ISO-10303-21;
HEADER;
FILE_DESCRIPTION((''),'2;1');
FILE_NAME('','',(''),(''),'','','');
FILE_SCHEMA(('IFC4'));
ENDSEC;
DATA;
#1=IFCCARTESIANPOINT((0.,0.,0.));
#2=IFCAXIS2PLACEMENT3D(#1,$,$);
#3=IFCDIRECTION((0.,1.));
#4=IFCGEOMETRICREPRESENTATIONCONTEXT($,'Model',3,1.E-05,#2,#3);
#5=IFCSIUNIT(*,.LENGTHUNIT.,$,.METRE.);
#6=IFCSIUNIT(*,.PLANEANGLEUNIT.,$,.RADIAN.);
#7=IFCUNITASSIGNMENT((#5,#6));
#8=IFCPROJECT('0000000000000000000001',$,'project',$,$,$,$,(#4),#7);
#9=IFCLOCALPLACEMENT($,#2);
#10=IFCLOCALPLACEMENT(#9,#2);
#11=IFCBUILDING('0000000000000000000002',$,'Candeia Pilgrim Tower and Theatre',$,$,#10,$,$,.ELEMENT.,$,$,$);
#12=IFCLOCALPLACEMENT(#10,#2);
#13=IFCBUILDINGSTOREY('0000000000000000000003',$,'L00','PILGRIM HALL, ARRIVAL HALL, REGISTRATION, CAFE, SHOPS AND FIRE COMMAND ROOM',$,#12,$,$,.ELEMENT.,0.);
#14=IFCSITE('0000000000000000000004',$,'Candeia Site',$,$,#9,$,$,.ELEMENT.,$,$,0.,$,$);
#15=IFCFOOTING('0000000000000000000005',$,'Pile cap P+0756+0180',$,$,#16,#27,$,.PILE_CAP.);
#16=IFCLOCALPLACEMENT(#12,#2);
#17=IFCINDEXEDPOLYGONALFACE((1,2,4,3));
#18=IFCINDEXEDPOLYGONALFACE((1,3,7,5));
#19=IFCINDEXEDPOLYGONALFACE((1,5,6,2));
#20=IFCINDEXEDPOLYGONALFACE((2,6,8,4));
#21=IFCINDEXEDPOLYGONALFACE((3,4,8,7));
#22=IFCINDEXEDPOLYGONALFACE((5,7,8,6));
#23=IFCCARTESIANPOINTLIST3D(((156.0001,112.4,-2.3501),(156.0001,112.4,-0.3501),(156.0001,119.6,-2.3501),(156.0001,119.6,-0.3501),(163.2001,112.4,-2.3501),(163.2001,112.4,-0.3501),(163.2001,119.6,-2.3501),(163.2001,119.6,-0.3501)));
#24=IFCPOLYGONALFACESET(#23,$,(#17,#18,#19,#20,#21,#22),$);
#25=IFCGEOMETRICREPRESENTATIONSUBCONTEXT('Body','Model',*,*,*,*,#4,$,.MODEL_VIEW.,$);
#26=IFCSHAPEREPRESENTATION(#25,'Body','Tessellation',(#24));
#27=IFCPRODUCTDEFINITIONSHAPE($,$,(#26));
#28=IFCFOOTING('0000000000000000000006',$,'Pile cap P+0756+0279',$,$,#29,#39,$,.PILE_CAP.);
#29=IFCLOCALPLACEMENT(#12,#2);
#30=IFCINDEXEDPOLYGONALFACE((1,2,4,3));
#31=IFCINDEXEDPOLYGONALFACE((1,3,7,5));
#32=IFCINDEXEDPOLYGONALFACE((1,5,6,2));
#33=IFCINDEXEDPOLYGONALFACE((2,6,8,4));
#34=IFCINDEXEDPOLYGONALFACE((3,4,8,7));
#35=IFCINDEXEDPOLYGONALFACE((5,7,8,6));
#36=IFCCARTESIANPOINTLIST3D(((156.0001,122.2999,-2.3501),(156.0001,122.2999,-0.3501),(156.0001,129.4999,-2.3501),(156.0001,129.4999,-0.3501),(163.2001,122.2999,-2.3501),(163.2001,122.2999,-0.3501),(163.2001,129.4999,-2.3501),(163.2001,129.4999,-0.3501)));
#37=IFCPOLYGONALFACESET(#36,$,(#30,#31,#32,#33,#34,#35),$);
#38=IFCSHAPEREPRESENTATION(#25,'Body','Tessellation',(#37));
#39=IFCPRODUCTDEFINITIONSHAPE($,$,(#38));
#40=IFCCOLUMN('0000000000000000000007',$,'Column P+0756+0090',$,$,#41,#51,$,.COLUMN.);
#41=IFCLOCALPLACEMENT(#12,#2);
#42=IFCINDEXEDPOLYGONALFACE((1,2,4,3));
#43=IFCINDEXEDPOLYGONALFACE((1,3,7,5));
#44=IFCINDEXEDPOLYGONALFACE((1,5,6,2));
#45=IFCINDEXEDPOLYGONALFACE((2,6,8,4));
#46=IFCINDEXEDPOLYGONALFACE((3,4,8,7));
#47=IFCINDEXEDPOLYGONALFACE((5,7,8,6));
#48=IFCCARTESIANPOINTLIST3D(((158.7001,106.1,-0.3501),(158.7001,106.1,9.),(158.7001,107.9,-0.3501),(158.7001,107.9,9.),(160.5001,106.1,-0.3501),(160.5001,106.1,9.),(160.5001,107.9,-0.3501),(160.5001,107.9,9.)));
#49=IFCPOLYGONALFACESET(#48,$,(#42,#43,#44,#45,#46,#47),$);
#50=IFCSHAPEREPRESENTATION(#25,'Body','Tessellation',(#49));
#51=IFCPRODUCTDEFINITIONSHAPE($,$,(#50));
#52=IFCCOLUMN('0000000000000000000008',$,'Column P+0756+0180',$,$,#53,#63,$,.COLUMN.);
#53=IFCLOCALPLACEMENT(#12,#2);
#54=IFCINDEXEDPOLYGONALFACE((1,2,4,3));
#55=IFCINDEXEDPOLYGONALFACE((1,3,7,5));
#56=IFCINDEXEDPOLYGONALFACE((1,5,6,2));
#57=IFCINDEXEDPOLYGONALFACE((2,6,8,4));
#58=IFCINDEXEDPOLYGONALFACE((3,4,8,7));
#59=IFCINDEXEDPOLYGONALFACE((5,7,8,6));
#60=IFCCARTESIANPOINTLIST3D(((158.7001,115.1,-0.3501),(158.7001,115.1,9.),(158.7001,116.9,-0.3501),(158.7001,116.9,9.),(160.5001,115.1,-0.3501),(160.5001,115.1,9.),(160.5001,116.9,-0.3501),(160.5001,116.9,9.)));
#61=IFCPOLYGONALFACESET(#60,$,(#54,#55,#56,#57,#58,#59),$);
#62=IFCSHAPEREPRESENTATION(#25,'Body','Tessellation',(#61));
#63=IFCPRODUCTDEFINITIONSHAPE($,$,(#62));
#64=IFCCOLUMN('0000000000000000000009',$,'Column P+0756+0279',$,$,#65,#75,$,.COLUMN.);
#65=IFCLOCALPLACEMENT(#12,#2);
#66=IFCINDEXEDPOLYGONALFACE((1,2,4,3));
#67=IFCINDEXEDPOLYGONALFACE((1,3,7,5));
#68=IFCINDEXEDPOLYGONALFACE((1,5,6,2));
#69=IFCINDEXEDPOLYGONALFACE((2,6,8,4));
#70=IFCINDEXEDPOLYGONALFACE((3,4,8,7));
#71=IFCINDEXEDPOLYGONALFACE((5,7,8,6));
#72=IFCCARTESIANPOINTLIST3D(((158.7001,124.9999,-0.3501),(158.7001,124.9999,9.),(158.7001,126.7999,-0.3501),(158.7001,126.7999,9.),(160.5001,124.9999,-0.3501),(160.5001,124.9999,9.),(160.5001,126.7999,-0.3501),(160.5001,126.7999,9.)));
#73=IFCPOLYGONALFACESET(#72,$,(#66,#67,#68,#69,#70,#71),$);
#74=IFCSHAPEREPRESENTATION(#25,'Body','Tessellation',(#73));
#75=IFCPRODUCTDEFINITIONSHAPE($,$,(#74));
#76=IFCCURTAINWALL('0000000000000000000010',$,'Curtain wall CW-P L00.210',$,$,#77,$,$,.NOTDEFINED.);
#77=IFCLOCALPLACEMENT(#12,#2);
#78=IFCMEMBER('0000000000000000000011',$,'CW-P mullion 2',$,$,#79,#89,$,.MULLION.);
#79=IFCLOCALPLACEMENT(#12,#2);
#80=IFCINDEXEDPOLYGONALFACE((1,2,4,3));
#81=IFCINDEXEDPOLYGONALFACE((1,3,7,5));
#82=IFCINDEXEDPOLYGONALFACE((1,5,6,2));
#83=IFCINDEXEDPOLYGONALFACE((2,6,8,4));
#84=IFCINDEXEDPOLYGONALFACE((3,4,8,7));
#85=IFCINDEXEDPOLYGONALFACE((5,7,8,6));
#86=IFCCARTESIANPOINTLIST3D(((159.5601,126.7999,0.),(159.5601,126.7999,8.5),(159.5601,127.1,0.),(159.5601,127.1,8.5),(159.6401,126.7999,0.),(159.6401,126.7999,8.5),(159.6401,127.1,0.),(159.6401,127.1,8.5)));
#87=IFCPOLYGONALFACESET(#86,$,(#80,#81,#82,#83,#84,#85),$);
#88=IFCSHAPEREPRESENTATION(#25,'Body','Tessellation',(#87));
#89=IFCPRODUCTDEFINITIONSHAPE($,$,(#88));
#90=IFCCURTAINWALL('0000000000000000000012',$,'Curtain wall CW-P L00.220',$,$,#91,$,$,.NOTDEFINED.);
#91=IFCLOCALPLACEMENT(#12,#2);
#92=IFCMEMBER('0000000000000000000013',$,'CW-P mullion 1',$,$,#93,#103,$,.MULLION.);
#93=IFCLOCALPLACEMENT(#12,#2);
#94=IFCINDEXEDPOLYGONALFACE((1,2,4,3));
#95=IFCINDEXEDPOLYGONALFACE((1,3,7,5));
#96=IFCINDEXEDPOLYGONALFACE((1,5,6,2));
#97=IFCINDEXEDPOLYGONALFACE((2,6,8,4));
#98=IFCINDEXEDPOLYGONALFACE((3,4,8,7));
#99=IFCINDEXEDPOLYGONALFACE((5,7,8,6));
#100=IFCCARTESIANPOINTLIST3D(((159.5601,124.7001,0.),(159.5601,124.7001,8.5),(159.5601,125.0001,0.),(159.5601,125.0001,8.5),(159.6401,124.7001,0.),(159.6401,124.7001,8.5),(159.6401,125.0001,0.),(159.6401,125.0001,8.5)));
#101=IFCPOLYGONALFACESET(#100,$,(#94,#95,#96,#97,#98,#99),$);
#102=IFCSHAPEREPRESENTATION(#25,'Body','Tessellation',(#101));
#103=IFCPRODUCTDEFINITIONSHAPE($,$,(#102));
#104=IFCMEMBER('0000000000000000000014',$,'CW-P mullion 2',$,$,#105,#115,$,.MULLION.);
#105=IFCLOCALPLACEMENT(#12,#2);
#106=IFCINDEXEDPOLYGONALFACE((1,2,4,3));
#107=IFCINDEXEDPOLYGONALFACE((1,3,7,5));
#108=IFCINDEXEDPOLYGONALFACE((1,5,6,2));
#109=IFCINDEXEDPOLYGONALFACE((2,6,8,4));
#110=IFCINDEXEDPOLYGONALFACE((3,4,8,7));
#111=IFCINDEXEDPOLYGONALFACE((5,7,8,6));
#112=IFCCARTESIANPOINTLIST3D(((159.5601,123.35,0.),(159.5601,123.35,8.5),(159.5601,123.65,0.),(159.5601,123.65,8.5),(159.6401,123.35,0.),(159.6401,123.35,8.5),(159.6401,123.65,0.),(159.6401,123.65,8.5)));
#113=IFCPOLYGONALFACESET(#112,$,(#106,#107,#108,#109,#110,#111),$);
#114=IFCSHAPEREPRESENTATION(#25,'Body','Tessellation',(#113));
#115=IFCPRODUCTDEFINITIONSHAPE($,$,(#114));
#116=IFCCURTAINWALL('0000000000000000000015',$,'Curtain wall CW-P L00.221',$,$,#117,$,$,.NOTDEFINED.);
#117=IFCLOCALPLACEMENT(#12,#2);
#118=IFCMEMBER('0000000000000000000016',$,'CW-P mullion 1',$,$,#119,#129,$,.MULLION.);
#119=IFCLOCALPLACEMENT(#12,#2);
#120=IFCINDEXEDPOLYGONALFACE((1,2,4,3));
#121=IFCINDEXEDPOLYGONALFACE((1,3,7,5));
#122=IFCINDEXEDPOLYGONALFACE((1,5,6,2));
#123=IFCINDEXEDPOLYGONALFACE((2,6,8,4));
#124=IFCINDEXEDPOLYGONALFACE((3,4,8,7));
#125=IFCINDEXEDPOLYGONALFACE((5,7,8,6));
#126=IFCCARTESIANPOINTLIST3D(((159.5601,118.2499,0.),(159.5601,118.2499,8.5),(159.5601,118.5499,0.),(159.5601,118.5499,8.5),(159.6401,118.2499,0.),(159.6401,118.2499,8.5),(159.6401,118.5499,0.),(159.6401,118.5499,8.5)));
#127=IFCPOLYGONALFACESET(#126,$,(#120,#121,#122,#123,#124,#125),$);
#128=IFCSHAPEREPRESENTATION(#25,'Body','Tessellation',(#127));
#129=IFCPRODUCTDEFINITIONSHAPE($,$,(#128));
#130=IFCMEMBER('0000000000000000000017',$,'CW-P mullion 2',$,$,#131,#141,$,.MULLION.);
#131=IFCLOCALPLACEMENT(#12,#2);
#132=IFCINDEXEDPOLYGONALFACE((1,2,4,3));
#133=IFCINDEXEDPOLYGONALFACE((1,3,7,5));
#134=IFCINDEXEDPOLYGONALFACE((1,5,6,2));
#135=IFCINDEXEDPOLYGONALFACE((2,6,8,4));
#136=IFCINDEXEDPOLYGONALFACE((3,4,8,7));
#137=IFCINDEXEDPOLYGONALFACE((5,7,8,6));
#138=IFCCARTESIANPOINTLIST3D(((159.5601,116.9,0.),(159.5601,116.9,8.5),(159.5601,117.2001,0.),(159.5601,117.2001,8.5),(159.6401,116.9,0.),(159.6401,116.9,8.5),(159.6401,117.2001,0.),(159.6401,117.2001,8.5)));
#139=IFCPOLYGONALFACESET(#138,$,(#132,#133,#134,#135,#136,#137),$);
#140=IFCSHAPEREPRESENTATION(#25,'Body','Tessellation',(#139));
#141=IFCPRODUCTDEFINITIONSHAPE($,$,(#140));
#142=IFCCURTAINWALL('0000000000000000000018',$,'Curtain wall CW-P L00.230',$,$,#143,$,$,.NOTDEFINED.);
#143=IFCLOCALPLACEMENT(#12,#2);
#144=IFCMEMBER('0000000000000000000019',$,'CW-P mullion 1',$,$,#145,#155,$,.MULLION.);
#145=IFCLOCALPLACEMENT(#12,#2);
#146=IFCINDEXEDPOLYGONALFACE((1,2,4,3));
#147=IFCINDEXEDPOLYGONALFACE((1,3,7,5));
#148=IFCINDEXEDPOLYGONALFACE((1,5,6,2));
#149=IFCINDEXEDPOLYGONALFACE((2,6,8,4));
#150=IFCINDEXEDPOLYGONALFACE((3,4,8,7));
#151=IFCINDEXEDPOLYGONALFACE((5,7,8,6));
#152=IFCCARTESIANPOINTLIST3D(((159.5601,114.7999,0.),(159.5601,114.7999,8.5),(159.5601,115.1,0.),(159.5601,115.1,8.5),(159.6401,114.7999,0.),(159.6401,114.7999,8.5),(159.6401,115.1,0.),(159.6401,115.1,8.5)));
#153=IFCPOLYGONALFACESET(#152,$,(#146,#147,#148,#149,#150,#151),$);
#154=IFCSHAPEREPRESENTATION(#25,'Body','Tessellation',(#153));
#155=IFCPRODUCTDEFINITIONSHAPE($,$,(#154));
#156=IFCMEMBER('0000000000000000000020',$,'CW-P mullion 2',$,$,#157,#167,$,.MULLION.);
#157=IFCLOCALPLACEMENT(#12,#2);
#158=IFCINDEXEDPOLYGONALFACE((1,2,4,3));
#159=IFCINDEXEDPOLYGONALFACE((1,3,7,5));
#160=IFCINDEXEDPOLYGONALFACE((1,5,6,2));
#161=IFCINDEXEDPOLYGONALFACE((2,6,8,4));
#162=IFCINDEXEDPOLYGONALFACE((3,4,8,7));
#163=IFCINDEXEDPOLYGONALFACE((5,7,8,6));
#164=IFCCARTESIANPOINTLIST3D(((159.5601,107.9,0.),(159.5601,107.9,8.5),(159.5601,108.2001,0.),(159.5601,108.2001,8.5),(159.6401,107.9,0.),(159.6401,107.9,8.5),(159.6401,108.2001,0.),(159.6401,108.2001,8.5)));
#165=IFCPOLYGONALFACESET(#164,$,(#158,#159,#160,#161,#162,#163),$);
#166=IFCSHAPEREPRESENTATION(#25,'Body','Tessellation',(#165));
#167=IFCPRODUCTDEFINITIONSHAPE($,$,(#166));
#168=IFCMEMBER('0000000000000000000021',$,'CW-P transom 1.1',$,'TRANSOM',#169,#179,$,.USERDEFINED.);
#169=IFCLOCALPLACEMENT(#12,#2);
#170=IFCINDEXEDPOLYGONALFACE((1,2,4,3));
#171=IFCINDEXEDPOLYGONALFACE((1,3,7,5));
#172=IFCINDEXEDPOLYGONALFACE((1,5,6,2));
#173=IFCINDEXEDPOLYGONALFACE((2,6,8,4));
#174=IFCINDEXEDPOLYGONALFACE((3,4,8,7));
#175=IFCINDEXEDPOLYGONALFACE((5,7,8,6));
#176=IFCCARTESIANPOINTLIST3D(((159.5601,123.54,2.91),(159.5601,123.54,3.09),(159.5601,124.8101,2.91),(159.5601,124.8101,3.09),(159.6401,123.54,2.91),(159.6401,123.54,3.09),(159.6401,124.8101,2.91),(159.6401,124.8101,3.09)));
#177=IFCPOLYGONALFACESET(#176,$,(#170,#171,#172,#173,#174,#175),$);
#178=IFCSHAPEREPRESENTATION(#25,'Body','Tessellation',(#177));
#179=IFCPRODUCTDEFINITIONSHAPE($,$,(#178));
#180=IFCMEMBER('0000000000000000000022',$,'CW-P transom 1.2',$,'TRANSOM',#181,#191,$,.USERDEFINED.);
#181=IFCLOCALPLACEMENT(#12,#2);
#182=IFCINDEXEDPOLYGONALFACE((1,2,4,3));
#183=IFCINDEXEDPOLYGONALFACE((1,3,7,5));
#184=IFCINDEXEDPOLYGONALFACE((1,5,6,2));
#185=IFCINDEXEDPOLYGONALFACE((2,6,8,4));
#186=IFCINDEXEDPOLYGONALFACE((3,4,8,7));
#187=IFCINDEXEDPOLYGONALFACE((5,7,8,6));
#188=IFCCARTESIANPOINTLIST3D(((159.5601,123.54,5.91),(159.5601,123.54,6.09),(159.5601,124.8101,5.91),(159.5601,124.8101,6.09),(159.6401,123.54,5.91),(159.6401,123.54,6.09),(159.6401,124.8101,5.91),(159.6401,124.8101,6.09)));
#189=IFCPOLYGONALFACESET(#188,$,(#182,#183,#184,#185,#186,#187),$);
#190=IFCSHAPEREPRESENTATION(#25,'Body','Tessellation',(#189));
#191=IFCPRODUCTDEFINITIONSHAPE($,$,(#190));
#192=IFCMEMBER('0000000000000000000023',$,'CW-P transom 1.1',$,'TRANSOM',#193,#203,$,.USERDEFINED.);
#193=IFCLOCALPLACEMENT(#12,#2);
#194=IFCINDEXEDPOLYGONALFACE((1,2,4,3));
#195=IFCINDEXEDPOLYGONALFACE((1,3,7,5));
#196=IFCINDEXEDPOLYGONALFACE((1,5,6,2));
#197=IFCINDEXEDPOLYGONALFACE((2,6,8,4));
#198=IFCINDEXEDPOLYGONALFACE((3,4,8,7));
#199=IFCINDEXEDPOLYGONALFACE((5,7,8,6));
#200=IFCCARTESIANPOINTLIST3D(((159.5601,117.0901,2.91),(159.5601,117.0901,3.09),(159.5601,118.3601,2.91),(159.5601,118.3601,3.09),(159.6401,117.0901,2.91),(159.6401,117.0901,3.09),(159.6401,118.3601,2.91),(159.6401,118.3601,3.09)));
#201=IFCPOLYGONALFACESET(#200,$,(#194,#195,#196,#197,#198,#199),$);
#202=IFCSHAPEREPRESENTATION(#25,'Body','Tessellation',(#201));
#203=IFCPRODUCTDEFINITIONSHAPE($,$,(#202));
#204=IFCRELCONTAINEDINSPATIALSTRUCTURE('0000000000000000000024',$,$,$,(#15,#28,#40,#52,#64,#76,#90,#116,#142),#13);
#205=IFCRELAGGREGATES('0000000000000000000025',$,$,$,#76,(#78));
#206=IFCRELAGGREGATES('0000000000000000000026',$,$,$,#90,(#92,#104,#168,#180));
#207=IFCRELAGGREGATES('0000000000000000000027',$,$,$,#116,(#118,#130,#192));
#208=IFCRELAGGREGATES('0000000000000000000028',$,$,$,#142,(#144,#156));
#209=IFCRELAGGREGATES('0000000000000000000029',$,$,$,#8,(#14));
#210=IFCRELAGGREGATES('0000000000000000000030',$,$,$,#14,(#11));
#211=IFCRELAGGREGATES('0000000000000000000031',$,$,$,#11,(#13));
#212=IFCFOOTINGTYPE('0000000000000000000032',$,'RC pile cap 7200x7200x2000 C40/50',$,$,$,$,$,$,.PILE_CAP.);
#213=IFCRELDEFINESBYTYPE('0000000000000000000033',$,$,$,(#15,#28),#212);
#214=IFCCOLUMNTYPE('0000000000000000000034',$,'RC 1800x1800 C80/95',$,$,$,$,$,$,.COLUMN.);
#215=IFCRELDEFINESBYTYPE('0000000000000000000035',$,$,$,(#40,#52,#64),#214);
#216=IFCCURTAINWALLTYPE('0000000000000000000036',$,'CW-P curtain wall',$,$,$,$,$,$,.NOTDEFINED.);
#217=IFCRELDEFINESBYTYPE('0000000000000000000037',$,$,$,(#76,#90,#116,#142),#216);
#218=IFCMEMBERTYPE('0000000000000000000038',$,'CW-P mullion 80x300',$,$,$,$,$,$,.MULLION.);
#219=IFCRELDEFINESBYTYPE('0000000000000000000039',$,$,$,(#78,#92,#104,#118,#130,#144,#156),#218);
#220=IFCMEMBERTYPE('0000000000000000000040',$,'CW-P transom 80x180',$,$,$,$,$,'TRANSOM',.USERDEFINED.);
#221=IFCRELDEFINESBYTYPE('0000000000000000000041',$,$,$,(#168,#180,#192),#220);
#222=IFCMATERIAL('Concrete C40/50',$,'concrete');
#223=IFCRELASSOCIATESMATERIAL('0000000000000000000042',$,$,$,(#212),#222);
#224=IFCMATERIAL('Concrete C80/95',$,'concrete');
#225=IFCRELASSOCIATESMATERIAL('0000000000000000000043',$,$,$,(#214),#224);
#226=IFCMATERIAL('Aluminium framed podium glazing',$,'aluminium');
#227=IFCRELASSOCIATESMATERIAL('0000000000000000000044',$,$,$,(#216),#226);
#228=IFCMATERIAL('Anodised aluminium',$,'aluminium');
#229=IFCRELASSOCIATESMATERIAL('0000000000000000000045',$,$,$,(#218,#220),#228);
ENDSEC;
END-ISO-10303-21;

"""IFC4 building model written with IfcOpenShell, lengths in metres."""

from ifc_helpers import new_model, si_unit, direction, frame, origin, origin_2d, place, context, subcontext, project, spatial, rectangle, extrude, material, material_profile, profile_set, type_object, element, aggregate, save


model = new_model("IFC4")

# Units and contexts
model_context = context("Model", 3, precision=1e-05, world=origin(), true_north=direction((0.0, 1.0)))
body_context = subcontext(model_context, "Body", "Model", "MODEL_VIEW")
ifc_project = project(units=[si_unit("LENGTHUNIT", "METRE"), si_unit("PLANEANGLEUNIT", "RADIAN")], contexts=[model_context])

# Site, building, storey
site_placement = place(None, origin())
site = spatial("IfcSite", under=ifc_project, at=site_placement, Name="Candeia Site", CompositionType="ELEMENT", RefElevation=0.0)
building_placement = place(site_placement, origin())
building = spatial("IfcBuilding", under=site, at=building_placement, Name="Candeia Pilgrim Tower and Theatre", CompositionType="ELEMENT")
storey_placement = place(building_placement, origin())
storey = spatial("IfcBuildingStorey", under=building, at=storey_placement, Name="L00", Description="PILGRIM HALL, ARRIVAL HALL, REGISTRATION, CAFE, SHOPS AND FIRE COMMAND ROOM", CompositionType="ELEMENT", Elevation=0.0)

# Footings
ifc_material_1 = material(Name="Concrete C40/50", Category="concrete")
footing_type = type_object("IfcFootingType", Name="RC pile cap 7200x7200x2000 C40/50", PredefinedType="PILE_CAP", material=ifc_material_1)
for number, where, z_axis, x_axis, name in (
    (1, (159.6001, 116.0, -2.3501), (0.0, 0.0, 1.0), (1.0, 0.0, 0.0), "Pile cap P+0756+0180"),
    (2, (159.6001, 125.8999, -2.3501), (0.0, 0.0, 1.0), (1.0, 0.0, 0.0), "Pile cap P+0756+0279"),
):
    element("IfcFooting", number, at=place(storey_placement, frame(where, z_axis=z_axis, x_axis=x_axis)), inside=storey, type_object=footing_type, Name=name, PredefinedType="PILE_CAP", context=body_context, shape_type="SweptSolid", body=[
        extrude(rectangle(XDim=7.2, YDim=7.2, at=origin_2d()), origin(), (0.0, 0.0, 1.0), 2.0),
    ])

# Columns
ifc_material_2 = material(Name="Concrete C80/95", Category="concrete")
ifc_material_profile_1 = material_profile(ifc_material_2, rectangle(XDim=1.8, YDim=1.8, at=origin_2d()))
ifc_profile_set_1 = profile_set([ifc_material_profile_1], Name="Concrete C80/95")
column_type = type_object("IfcColumnType", Name="RC 1800x1800 C80/95", PredefinedType="COLUMN", material=ifc_profile_set_1)
for number, where, z_axis, x_axis, name in (
    (3, (159.6001, 107.0, -0.3501), (0.0, 0.0, 1.0), (1.0, 0.0, 0.0), "Column P+0756+0090"),
    (4, (159.6001, 116.0, -0.3501), (0.0, 0.0, 1.0), (1.0, 0.0, 0.0), "Column P+0756+0180"),
    (5, (159.6001, 125.8999, -0.3501), (0.0, 0.0, 1.0), (1.0, 0.0, 0.0), "Column P+0756+0279"),
):
    element("IfcColumn", number, at=place(storey_placement, frame(where, z_axis=z_axis, x_axis=x_axis)), inside=storey, type_object=column_type, Name=name, PredefinedType="COLUMN", context=body_context, shape_type="SweptSolid", body=[
        extrude(rectangle(XDim=1.8, YDim=1.8, at=origin_2d()), origin(), (0.0, 0.0, 1.0), 9.3501),
    ])

# Curtain wall, member
ifc_material_3 = material(Name="Aluminium framed podium glazing", Category="aluminium")
curtain_wall_type = type_object("IfcCurtainWallType", Name="CW-P curtain wall", PredefinedType="NOTDEFINED", material=ifc_material_3)
curtain_wall_1_placement = place(storey_placement, origin())
curtain_wall_1 = element("IfcCurtainWall", 6, at=curtain_wall_1_placement, inside=storey, type_object=curtain_wall_type, Name="Curtain wall CW-P L00.210", PredefinedType="NOTDEFINED")
ifc_material_4 = material(Name="Anodised aluminium", Category="aluminium")
ifc_material_profile_2 = material_profile(ifc_material_4, rectangle(XDim=0.0801, YDim=0.3, at=origin_2d()))
ifc_profile_set_2 = profile_set([ifc_material_profile_2], Name="Anodised aluminium")
member_type_1 = type_object("IfcMemberType", Name="CW-P mullion 80x300", PredefinedType="MULLION", material=ifc_profile_set_2)
member_1_placement = place(storey_placement, frame((159.6001, 126.95, 0.0), z_axis=(0.0, 0.0, 1.0), x_axis=(1.0, 0.0, 0.0)))
member_1 = element("IfcMember", 7, at=member_1_placement, type_object=member_type_1, Name="CW-P mullion 2", PredefinedType="MULLION", context=body_context, shape_type="SweptSolid", body=[
    extrude(rectangle(XDim=0.0801, YDim=0.3, at=origin_2d()), origin(), (0.0, 0.0, 1.0), 8.5),
])
aggregate(curtain_wall_1, [member_1])

# Curtain walls, members
curtain_wall_2_placement = place(storey_placement, origin())
curtain_wall_2 = element("IfcCurtainWall", 8, at=curtain_wall_2_placement, inside=storey, type_object=curtain_wall_type, Name="Curtain wall CW-P L00.220", PredefinedType="NOTDEFINED")
member_2_placement = place(storey_placement, frame((159.6001, 124.8501, 0.0), z_axis=(0.0, 0.0, 1.0), x_axis=(1.0, 0.0, 0.0)))
member_2 = element("IfcMember", 9, at=member_2_placement, type_object=member_type_1, Name="CW-P mullion 1", PredefinedType="MULLION", context=body_context, shape_type="SweptSolid", body=[
    extrude(rectangle(XDim=0.0801, YDim=0.3, at=origin_2d()), origin(), (0.0, 0.0, 1.0), 8.5),
])
member_3_placement = place(storey_placement, frame((159.6001, 123.5, 0.0), z_axis=(0.0, 0.0, 1.0), x_axis=(1.0, 0.0, 0.0)))
member_3 = element("IfcMember", 10, at=member_3_placement, type_object=member_type_1, Name="CW-P mullion 2", PredefinedType="MULLION", context=body_context, shape_type="SweptSolid", body=[
    extrude(rectangle(XDim=0.0801, YDim=0.3, at=origin_2d()), origin(), (0.0, 0.0, 1.0), 8.5),
])
curtain_wall_3_placement = place(storey_placement, origin())
curtain_wall_3 = element("IfcCurtainWall", 11, at=curtain_wall_3_placement, inside=storey, type_object=curtain_wall_type, Name="Curtain wall CW-P L00.221", PredefinedType="NOTDEFINED")
member_4_placement = place(storey_placement, frame((159.6001, 118.3999, 0.0), z_axis=(0.0, 0.0, 1.0), x_axis=(1.0, 0.0, 0.0)))
member_4 = element("IfcMember", 12, at=member_4_placement, type_object=member_type_1, Name="CW-P mullion 1", PredefinedType="MULLION", context=body_context, shape_type="SweptSolid", body=[
    extrude(rectangle(XDim=0.0801, YDim=0.3, at=origin_2d()), origin(), (0.0, 0.0, 1.0), 8.5),
])
member_5_placement = place(storey_placement, frame((159.6001, 117.05, 0.0), z_axis=(0.0, 0.0, 1.0), x_axis=(1.0, 0.0, 0.0)))
member_5 = element("IfcMember", 13, at=member_5_placement, type_object=member_type_1, Name="CW-P mullion 2", PredefinedType="MULLION", context=body_context, shape_type="SweptSolid", body=[
    extrude(rectangle(XDim=0.0801, YDim=0.3, at=origin_2d()), origin(), (0.0, 0.0, 1.0), 8.5),
])
curtain_wall_4_placement = place(storey_placement, origin())
curtain_wall_4 = element("IfcCurtainWall", 14, at=curtain_wall_4_placement, inside=storey, type_object=curtain_wall_type, Name="Curtain wall CW-P L00.230", PredefinedType="NOTDEFINED")
member_6_placement = place(storey_placement, frame((159.6001, 114.95, 0.0), z_axis=(0.0, 0.0, 1.0), x_axis=(1.0, 0.0, 0.0)))
member_6 = element("IfcMember", 15, at=member_6_placement, type_object=member_type_1, Name="CW-P mullion 1", PredefinedType="MULLION", context=body_context, shape_type="SweptSolid", body=[
    extrude(rectangle(XDim=0.0801, YDim=0.3, at=origin_2d()), origin(), (0.0, 0.0, 1.0), 8.5),
])
member_7_placement = place(storey_placement, frame((159.6001, 108.05, 0.0), z_axis=(0.0, 0.0, 1.0), x_axis=(1.0, 0.0, 0.0)))
member_7 = element("IfcMember", 16, at=member_7_placement, type_object=member_type_1, Name="CW-P mullion 2", PredefinedType="MULLION", context=body_context, shape_type="SweptSolid", body=[
    extrude(rectangle(XDim=0.0801, YDim=0.3, at=origin_2d()), origin(), (0.0, 0.0, 1.0), 8.5),
])

# Members
ifc_material_profile_3 = material_profile(ifc_material_4, rectangle(XDim=0.0801, YDim=0.1799, at=origin_2d()))
ifc_profile_set_3 = profile_set([ifc_material_profile_3], Name="Anodised aluminium")
member_type_2 = type_object("IfcMemberType", Name="CW-P transom 80x180", ElementType="TRANSOM", PredefinedType="USERDEFINED", material=ifc_profile_set_3)
member_8_placement = place(storey_placement, frame((159.6001, 124.8101, 3.0), z_axis=(0.0, -1.0, 0.0), x_axis=(1.0, 0.0, 0.0)))
member_8 = element("IfcMember", 17, at=member_8_placement, type_object=member_type_2, Name="CW-P transom 1.1", ObjectType="TRANSOM", PredefinedType="USERDEFINED", context=body_context, shape_type="SweptSolid", body=[
    extrude(rectangle(XDim=0.0801, YDim=0.1799, at=origin_2d()), origin(), (0.0, 0.0, 1.0), 1.27),
])
member_9_placement = place(storey_placement, frame((159.6001, 124.8101, 6.0), z_axis=(0.0, -1.0, 0.0), x_axis=(1.0, 0.0, 0.0)))
member_9 = element("IfcMember", 18, at=member_9_placement, type_object=member_type_2, Name="CW-P transom 1.2", ObjectType="TRANSOM", PredefinedType="USERDEFINED", context=body_context, shape_type="SweptSolid", body=[
    extrude(rectangle(XDim=0.0801, YDim=0.1799, at=origin_2d()), origin(), (0.0, 0.0, 1.0), 1.27),
])
member_10_placement = place(storey_placement, frame((159.6001, 118.3601, 3.0), z_axis=(0.0, -1.0, 0.0), x_axis=(1.0, 0.0, 0.0)))
member_10 = element("IfcMember", 19, at=member_10_placement, type_object=member_type_2, Name="CW-P transom 1.1", ObjectType="TRANSOM", PredefinedType="USERDEFINED", context=body_context, shape_type="SweptSolid", body=[
    extrude(rectangle(XDim=0.0801, YDim=0.1799, at=origin_2d()), origin(), (0.0, 0.0, 1.0), 1.27),
])

aggregate(curtain_wall_2, [member_2, member_3, member_8, member_9])
aggregate(curtain_wall_3, [member_4, member_5, member_10])
aggregate(curtain_wall_4, [member_6, member_7])

save(model, "model.ifc")
